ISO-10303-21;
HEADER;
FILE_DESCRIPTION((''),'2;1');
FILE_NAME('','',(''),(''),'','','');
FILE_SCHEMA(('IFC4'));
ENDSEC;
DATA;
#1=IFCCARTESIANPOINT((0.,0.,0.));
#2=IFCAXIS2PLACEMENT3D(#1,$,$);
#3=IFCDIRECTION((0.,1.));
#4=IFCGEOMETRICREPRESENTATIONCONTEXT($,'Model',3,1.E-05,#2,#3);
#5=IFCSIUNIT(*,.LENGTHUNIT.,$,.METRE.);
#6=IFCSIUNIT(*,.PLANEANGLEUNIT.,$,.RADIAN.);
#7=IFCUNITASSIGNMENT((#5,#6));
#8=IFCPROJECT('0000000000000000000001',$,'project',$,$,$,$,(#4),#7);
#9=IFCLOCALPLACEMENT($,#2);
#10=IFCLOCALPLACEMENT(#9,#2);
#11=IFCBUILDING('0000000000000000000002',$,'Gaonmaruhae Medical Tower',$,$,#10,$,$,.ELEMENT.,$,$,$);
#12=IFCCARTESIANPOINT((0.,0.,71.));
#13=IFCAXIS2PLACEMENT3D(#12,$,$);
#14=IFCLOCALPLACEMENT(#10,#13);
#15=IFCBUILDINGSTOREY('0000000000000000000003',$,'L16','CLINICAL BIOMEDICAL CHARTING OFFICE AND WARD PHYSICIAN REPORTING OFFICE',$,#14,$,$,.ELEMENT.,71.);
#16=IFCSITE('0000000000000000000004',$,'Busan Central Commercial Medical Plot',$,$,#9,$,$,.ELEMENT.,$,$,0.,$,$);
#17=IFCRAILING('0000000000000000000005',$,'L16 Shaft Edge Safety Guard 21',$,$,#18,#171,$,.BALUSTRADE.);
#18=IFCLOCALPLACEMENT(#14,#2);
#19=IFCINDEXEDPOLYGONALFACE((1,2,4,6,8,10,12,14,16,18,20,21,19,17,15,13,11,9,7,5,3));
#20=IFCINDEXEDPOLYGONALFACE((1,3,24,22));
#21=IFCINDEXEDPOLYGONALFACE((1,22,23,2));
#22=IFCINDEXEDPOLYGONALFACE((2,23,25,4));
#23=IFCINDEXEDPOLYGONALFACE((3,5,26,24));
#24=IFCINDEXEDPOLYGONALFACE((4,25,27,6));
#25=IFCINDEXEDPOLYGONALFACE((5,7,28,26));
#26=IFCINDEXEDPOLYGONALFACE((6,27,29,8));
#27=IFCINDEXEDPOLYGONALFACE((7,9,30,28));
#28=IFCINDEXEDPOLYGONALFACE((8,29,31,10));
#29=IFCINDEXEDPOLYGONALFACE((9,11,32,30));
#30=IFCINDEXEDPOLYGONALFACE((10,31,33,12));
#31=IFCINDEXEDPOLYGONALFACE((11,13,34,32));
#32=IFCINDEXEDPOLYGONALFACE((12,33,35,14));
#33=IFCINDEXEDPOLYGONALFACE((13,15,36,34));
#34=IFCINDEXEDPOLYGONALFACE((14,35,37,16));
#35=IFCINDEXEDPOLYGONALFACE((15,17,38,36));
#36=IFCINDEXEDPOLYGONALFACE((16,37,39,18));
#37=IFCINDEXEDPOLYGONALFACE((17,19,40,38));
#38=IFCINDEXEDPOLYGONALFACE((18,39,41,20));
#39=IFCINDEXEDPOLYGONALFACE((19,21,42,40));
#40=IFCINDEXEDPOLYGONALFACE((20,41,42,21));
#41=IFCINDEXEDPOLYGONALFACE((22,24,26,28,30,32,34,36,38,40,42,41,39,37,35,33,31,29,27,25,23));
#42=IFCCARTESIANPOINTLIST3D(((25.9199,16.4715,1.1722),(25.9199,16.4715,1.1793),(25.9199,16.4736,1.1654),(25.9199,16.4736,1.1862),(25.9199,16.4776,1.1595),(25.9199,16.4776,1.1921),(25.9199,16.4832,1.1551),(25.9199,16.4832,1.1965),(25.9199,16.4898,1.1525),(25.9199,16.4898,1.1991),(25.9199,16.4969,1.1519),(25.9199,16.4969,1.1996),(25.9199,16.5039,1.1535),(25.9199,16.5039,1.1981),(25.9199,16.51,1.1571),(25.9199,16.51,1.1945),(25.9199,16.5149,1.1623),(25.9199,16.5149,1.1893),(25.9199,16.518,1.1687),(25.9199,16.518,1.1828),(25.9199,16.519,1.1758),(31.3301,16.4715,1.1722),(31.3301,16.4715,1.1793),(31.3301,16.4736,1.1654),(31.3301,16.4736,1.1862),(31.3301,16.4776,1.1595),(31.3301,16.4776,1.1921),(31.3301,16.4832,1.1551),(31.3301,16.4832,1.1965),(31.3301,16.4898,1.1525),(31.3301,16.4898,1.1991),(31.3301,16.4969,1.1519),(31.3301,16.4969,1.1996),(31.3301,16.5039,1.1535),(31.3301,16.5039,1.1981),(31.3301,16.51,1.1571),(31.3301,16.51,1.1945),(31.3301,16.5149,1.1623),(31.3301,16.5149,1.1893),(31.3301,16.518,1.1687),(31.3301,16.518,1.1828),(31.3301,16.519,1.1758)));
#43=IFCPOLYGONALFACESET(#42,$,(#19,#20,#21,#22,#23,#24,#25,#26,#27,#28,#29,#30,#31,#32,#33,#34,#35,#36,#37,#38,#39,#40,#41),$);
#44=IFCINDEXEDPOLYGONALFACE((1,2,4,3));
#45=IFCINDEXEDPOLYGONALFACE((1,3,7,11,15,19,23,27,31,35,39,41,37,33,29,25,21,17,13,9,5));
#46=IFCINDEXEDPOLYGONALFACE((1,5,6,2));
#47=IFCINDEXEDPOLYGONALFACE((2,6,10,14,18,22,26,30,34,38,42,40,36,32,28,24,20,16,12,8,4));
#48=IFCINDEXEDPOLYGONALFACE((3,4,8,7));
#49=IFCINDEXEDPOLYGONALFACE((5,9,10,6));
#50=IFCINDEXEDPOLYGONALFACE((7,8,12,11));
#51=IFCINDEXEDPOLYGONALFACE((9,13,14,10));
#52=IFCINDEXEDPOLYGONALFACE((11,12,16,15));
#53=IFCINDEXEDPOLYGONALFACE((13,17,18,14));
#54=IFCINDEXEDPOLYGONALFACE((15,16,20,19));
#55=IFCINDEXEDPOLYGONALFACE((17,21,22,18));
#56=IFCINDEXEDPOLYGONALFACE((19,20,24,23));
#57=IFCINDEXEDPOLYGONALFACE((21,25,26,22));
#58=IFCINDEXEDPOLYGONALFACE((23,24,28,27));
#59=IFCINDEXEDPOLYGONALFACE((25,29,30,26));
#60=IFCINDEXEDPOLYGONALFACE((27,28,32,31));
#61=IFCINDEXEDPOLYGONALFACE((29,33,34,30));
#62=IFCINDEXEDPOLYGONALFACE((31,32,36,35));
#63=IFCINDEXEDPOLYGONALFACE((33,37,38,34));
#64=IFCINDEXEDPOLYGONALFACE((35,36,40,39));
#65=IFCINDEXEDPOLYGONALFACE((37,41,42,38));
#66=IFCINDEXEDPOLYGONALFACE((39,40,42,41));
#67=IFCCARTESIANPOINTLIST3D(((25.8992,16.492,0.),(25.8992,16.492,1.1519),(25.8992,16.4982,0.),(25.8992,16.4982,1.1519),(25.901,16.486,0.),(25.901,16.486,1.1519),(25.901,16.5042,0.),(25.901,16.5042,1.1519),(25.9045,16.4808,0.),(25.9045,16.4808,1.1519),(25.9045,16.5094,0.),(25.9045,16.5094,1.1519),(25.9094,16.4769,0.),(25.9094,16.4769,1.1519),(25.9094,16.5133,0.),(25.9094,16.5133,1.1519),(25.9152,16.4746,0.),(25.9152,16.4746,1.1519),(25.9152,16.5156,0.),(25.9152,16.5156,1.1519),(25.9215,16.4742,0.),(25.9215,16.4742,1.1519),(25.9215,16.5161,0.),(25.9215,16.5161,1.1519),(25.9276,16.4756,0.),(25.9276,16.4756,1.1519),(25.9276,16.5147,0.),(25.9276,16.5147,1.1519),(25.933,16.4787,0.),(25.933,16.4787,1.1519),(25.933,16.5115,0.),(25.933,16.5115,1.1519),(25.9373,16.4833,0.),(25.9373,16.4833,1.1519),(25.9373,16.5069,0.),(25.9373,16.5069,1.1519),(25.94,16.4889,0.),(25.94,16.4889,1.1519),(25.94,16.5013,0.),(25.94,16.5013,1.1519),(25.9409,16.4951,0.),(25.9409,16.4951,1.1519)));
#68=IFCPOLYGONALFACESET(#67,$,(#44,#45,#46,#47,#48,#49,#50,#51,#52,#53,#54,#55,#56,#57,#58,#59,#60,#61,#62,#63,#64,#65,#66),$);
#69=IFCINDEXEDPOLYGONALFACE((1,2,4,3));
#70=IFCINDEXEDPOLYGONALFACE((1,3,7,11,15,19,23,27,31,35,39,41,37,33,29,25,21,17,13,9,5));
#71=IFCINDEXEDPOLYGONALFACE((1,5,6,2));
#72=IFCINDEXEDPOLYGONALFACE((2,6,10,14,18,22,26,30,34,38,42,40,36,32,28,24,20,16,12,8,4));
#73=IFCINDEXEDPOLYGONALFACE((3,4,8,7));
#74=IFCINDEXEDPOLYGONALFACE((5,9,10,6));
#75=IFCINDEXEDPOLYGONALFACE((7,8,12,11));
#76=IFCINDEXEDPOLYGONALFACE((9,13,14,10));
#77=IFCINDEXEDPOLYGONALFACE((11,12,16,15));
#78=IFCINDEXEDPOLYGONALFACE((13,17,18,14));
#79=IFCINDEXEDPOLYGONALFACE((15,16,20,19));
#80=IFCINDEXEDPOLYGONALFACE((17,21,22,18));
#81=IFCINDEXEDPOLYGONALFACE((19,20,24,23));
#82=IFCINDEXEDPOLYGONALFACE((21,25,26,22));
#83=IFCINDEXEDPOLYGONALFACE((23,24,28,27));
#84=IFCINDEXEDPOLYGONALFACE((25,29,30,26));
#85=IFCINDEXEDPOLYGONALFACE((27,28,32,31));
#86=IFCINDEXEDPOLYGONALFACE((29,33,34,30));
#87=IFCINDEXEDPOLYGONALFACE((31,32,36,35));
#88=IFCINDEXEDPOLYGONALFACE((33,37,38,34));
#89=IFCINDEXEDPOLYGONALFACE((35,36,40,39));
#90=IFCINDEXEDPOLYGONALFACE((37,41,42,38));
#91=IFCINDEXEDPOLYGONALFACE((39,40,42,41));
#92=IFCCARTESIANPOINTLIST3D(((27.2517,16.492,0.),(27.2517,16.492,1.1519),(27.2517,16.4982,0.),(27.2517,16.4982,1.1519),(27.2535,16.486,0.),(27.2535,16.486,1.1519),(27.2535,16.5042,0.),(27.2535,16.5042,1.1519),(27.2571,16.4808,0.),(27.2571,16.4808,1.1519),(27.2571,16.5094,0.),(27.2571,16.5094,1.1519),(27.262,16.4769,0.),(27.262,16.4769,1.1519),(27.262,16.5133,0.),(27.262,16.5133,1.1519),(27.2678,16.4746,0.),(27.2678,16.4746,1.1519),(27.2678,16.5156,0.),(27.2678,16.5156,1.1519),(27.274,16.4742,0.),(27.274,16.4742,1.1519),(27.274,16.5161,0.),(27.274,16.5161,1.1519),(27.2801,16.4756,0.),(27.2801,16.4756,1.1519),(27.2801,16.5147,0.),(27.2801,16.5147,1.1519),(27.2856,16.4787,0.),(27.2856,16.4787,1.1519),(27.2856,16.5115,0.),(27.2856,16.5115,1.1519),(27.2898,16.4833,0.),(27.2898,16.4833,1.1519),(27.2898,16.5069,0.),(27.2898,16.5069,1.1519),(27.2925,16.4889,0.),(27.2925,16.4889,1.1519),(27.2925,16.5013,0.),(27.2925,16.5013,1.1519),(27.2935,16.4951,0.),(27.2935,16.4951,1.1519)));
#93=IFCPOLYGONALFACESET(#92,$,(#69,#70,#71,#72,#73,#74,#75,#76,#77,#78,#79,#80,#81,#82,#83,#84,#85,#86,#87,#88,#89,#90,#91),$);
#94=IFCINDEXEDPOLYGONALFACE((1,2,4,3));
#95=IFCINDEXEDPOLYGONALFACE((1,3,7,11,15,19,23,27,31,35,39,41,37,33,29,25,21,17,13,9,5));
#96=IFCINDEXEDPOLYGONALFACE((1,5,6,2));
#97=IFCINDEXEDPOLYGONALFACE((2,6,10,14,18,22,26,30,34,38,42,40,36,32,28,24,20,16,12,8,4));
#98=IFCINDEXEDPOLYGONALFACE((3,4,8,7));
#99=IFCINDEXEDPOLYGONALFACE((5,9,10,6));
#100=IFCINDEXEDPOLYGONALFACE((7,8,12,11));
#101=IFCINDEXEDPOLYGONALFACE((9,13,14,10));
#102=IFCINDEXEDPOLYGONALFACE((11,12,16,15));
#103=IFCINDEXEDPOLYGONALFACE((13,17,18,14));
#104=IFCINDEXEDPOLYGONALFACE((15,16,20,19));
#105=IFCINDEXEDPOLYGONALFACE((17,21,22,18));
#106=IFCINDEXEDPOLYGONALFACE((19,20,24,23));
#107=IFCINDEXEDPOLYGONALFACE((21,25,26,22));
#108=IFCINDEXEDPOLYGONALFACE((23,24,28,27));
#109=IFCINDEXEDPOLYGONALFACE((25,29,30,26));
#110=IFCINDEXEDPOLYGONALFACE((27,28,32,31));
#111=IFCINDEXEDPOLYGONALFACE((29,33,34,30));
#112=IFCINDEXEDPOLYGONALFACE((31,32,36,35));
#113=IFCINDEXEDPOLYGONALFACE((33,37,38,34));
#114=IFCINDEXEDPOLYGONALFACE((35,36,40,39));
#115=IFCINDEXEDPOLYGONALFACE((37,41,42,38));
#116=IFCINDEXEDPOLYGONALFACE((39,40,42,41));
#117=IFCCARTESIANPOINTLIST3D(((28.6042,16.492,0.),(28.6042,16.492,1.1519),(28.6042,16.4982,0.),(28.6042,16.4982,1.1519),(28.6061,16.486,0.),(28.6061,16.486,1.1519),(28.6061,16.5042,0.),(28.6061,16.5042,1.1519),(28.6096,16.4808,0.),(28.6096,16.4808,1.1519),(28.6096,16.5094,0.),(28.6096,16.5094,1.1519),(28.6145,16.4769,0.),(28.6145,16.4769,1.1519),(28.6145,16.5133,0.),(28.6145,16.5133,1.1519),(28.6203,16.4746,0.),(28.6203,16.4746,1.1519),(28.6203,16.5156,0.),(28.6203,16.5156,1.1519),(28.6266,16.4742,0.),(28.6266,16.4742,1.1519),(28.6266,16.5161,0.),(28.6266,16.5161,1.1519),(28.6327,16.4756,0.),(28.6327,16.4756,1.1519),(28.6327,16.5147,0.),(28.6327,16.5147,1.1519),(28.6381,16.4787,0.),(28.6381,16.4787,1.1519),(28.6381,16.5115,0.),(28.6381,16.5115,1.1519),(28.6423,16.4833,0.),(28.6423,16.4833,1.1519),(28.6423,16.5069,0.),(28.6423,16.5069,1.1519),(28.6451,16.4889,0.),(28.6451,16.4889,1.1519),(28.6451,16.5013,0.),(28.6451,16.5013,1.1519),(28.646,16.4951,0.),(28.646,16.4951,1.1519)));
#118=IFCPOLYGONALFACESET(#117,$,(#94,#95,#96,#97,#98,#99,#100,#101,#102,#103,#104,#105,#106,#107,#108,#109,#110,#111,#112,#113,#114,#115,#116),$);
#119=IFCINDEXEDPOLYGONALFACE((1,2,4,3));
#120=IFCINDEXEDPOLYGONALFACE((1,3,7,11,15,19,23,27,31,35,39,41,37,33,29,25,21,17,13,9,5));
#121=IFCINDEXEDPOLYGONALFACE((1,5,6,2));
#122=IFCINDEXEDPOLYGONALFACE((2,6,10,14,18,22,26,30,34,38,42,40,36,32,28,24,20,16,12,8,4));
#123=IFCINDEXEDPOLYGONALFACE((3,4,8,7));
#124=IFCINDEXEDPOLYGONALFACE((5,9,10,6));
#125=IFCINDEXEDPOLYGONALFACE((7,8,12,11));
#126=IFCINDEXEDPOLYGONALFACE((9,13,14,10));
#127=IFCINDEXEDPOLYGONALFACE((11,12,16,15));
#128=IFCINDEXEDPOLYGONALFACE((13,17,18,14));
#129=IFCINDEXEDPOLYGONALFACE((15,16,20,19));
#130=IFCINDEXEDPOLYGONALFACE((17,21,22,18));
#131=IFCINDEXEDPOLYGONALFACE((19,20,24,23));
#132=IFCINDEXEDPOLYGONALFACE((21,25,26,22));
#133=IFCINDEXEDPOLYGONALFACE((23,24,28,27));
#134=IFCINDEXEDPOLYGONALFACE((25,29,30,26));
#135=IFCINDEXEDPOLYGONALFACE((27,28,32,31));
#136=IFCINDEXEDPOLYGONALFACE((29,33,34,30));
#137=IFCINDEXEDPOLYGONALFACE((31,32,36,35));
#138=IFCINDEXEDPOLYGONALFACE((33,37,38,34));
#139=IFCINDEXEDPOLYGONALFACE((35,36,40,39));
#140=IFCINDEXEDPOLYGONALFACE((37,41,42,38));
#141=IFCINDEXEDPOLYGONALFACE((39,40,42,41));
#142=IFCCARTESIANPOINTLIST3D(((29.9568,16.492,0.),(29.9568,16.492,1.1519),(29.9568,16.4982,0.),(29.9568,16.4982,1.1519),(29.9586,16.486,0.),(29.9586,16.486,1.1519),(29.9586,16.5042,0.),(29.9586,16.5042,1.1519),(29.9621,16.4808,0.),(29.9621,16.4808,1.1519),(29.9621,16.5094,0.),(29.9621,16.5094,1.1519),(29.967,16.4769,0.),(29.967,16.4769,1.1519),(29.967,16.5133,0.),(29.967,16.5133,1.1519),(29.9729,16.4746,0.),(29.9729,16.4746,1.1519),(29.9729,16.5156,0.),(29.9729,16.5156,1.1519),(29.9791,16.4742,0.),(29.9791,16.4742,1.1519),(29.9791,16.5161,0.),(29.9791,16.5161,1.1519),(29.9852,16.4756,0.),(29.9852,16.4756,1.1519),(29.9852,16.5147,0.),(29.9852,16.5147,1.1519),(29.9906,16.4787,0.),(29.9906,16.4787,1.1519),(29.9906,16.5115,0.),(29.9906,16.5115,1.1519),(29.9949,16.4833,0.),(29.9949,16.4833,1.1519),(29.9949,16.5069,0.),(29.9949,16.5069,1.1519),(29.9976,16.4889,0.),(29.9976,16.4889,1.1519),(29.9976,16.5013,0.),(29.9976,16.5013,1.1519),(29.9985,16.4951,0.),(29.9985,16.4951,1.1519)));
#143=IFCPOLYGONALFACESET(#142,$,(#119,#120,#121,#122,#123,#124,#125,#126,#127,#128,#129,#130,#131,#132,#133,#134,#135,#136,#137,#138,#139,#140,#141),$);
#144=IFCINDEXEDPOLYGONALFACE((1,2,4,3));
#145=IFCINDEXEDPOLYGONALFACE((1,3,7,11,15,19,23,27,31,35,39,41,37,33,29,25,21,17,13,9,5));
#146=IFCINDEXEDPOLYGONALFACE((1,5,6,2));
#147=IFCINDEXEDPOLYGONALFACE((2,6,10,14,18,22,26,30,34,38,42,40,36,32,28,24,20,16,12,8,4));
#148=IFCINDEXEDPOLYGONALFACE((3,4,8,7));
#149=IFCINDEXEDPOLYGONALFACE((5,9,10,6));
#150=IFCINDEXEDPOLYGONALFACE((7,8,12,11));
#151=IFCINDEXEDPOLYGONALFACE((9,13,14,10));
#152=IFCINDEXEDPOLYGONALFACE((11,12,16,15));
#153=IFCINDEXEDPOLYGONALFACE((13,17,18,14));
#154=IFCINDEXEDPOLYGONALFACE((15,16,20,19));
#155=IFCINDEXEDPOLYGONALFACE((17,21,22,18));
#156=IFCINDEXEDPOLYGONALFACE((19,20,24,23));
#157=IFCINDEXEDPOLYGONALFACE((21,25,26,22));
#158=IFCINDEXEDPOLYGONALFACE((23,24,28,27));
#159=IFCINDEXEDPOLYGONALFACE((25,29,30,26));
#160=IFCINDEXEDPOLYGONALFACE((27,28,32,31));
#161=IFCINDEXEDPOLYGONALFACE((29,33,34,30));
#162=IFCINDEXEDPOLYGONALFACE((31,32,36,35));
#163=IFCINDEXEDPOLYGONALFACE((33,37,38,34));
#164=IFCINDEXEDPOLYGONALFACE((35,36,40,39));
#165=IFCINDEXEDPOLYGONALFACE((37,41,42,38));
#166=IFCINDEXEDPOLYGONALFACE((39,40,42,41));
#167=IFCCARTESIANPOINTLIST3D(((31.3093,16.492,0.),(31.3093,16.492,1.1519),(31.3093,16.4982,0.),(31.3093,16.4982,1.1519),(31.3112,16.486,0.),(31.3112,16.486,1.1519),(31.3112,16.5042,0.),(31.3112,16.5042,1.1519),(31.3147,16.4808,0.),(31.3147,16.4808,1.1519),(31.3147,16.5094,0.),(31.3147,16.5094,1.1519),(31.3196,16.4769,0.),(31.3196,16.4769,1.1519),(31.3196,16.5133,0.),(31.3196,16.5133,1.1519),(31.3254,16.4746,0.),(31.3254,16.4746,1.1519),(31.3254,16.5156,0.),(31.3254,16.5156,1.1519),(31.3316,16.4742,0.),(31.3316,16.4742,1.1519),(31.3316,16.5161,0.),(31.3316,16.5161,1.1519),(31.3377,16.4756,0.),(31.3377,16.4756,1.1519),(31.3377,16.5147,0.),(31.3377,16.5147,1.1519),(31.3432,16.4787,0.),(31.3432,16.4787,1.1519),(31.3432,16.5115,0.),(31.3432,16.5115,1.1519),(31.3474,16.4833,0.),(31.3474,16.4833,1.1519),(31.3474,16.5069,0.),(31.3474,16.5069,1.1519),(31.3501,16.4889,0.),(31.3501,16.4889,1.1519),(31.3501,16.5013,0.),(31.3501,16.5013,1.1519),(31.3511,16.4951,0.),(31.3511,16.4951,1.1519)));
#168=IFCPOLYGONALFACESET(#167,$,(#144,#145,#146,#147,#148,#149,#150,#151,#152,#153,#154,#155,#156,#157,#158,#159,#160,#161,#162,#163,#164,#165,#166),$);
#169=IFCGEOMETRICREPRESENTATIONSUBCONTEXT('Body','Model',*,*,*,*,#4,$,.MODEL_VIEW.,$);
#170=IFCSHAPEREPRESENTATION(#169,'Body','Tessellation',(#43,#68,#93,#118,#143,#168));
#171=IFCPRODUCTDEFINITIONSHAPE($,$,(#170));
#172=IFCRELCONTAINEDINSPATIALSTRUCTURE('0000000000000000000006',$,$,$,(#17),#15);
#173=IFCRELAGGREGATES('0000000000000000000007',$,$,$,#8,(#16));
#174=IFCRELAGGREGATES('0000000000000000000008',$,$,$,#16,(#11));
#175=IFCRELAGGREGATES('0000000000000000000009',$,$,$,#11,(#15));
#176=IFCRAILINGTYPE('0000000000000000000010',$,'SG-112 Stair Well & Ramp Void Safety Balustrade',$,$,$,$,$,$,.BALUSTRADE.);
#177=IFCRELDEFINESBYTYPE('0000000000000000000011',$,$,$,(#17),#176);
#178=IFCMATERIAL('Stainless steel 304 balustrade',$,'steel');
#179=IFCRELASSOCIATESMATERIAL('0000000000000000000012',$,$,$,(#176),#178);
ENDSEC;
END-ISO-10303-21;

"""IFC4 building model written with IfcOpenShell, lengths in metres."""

from ifc_helpers import new_model, si_unit, direction, frame, origin, origin_2d, place, context, subcontext, project, spatial, circle, extrude, material, type_object, element, save


model = new_model("IFC4")

# Units and contexts
model_context = context("Model", 3, precision=1e-05, world=origin(), true_north=direction((0.0, 1.0)))
body_context = subcontext(model_context, "Body", "Model", "MODEL_VIEW")
ifc_project = project(units=[si_unit("LENGTHUNIT", "METRE"), si_unit("PLANEANGLEUNIT", "RADIAN")], contexts=[model_context])

# Site, building, storey
site_placement = place(None, origin())
site = spatial("IfcSite", under=ifc_project, at=site_placement, Name="Busan Central Commercial Medical Plot", CompositionType="ELEMENT", RefElevation=0.0)
building_placement = place(site_placement, origin())
building = spatial("IfcBuilding", under=site, at=building_placement, Name="Gaonmaruhae Medical Tower", CompositionType="ELEMENT")
storey_placement = place(building_placement, frame((0.0, 0.0, 71.0)))
storey = spatial("IfcBuildingStorey", under=building, at=storey_placement, Name="L16", Description="CLINICAL BIOMEDICAL CHARTING OFFICE AND WARD PHYSICIAN REPORTING OFFICE", CompositionType="ELEMENT", Elevation=71.0)

# Railing
ifc_material_1 = material(Name="Stainless steel 304 balustrade", Category="steel")
railing_type = type_object("IfcRailingType", Name="SG-112 Stair Well & Ramp Void Safety Balustrade", PredefinedType="BALUSTRADE", material=ifc_material_1)
railing_1_placement = place(storey_placement, frame((25.9199, 16.4951, 0.0)))
element("IfcRailing", 1, at=railing_1_placement, inside=storey, type_object=railing_type, Name="L16 Shaft Edge Safety Guard 21", PredefinedType="BALUSTRADE", context=body_context, shape_type="SweptSolid", body=[
    extrude(circle(Radius=0.0239, at=origin_2d()), frame((0.0, 0.0, 1.1758), z_axis=(1.0, 0.0, 0.0), x_axis=(0.0, 1.0, 0.0)), (0.0, 0.0, 1.0), 5.4102),
    extrude(circle(Radius=0.021, at=origin_2d()), origin(), (0.0, 0.0, 1.0), 1.1519),
    extrude(circle(Radius=0.021, at=origin_2d()), frame((1.3525, 0.0, 0.0)), (0.0, 0.0, 1.0), 1.1519),
    extrude(circle(Radius=0.021, at=origin_2d()), frame((2.7051, 0.0, 0.0)), (0.0, 0.0, 1.0), 1.1519),
    extrude(circle(Radius=0.021, at=origin_2d()), frame((4.0576, 0.0, 0.0)), (0.0, 0.0, 1.0), 1.1519),
    extrude(circle(Radius=0.021, at=origin_2d()), frame((5.4102, 0.0, 0.0)), (0.0, 0.0, 1.0), 1.1519),
])

save(model, "model.ifc")
